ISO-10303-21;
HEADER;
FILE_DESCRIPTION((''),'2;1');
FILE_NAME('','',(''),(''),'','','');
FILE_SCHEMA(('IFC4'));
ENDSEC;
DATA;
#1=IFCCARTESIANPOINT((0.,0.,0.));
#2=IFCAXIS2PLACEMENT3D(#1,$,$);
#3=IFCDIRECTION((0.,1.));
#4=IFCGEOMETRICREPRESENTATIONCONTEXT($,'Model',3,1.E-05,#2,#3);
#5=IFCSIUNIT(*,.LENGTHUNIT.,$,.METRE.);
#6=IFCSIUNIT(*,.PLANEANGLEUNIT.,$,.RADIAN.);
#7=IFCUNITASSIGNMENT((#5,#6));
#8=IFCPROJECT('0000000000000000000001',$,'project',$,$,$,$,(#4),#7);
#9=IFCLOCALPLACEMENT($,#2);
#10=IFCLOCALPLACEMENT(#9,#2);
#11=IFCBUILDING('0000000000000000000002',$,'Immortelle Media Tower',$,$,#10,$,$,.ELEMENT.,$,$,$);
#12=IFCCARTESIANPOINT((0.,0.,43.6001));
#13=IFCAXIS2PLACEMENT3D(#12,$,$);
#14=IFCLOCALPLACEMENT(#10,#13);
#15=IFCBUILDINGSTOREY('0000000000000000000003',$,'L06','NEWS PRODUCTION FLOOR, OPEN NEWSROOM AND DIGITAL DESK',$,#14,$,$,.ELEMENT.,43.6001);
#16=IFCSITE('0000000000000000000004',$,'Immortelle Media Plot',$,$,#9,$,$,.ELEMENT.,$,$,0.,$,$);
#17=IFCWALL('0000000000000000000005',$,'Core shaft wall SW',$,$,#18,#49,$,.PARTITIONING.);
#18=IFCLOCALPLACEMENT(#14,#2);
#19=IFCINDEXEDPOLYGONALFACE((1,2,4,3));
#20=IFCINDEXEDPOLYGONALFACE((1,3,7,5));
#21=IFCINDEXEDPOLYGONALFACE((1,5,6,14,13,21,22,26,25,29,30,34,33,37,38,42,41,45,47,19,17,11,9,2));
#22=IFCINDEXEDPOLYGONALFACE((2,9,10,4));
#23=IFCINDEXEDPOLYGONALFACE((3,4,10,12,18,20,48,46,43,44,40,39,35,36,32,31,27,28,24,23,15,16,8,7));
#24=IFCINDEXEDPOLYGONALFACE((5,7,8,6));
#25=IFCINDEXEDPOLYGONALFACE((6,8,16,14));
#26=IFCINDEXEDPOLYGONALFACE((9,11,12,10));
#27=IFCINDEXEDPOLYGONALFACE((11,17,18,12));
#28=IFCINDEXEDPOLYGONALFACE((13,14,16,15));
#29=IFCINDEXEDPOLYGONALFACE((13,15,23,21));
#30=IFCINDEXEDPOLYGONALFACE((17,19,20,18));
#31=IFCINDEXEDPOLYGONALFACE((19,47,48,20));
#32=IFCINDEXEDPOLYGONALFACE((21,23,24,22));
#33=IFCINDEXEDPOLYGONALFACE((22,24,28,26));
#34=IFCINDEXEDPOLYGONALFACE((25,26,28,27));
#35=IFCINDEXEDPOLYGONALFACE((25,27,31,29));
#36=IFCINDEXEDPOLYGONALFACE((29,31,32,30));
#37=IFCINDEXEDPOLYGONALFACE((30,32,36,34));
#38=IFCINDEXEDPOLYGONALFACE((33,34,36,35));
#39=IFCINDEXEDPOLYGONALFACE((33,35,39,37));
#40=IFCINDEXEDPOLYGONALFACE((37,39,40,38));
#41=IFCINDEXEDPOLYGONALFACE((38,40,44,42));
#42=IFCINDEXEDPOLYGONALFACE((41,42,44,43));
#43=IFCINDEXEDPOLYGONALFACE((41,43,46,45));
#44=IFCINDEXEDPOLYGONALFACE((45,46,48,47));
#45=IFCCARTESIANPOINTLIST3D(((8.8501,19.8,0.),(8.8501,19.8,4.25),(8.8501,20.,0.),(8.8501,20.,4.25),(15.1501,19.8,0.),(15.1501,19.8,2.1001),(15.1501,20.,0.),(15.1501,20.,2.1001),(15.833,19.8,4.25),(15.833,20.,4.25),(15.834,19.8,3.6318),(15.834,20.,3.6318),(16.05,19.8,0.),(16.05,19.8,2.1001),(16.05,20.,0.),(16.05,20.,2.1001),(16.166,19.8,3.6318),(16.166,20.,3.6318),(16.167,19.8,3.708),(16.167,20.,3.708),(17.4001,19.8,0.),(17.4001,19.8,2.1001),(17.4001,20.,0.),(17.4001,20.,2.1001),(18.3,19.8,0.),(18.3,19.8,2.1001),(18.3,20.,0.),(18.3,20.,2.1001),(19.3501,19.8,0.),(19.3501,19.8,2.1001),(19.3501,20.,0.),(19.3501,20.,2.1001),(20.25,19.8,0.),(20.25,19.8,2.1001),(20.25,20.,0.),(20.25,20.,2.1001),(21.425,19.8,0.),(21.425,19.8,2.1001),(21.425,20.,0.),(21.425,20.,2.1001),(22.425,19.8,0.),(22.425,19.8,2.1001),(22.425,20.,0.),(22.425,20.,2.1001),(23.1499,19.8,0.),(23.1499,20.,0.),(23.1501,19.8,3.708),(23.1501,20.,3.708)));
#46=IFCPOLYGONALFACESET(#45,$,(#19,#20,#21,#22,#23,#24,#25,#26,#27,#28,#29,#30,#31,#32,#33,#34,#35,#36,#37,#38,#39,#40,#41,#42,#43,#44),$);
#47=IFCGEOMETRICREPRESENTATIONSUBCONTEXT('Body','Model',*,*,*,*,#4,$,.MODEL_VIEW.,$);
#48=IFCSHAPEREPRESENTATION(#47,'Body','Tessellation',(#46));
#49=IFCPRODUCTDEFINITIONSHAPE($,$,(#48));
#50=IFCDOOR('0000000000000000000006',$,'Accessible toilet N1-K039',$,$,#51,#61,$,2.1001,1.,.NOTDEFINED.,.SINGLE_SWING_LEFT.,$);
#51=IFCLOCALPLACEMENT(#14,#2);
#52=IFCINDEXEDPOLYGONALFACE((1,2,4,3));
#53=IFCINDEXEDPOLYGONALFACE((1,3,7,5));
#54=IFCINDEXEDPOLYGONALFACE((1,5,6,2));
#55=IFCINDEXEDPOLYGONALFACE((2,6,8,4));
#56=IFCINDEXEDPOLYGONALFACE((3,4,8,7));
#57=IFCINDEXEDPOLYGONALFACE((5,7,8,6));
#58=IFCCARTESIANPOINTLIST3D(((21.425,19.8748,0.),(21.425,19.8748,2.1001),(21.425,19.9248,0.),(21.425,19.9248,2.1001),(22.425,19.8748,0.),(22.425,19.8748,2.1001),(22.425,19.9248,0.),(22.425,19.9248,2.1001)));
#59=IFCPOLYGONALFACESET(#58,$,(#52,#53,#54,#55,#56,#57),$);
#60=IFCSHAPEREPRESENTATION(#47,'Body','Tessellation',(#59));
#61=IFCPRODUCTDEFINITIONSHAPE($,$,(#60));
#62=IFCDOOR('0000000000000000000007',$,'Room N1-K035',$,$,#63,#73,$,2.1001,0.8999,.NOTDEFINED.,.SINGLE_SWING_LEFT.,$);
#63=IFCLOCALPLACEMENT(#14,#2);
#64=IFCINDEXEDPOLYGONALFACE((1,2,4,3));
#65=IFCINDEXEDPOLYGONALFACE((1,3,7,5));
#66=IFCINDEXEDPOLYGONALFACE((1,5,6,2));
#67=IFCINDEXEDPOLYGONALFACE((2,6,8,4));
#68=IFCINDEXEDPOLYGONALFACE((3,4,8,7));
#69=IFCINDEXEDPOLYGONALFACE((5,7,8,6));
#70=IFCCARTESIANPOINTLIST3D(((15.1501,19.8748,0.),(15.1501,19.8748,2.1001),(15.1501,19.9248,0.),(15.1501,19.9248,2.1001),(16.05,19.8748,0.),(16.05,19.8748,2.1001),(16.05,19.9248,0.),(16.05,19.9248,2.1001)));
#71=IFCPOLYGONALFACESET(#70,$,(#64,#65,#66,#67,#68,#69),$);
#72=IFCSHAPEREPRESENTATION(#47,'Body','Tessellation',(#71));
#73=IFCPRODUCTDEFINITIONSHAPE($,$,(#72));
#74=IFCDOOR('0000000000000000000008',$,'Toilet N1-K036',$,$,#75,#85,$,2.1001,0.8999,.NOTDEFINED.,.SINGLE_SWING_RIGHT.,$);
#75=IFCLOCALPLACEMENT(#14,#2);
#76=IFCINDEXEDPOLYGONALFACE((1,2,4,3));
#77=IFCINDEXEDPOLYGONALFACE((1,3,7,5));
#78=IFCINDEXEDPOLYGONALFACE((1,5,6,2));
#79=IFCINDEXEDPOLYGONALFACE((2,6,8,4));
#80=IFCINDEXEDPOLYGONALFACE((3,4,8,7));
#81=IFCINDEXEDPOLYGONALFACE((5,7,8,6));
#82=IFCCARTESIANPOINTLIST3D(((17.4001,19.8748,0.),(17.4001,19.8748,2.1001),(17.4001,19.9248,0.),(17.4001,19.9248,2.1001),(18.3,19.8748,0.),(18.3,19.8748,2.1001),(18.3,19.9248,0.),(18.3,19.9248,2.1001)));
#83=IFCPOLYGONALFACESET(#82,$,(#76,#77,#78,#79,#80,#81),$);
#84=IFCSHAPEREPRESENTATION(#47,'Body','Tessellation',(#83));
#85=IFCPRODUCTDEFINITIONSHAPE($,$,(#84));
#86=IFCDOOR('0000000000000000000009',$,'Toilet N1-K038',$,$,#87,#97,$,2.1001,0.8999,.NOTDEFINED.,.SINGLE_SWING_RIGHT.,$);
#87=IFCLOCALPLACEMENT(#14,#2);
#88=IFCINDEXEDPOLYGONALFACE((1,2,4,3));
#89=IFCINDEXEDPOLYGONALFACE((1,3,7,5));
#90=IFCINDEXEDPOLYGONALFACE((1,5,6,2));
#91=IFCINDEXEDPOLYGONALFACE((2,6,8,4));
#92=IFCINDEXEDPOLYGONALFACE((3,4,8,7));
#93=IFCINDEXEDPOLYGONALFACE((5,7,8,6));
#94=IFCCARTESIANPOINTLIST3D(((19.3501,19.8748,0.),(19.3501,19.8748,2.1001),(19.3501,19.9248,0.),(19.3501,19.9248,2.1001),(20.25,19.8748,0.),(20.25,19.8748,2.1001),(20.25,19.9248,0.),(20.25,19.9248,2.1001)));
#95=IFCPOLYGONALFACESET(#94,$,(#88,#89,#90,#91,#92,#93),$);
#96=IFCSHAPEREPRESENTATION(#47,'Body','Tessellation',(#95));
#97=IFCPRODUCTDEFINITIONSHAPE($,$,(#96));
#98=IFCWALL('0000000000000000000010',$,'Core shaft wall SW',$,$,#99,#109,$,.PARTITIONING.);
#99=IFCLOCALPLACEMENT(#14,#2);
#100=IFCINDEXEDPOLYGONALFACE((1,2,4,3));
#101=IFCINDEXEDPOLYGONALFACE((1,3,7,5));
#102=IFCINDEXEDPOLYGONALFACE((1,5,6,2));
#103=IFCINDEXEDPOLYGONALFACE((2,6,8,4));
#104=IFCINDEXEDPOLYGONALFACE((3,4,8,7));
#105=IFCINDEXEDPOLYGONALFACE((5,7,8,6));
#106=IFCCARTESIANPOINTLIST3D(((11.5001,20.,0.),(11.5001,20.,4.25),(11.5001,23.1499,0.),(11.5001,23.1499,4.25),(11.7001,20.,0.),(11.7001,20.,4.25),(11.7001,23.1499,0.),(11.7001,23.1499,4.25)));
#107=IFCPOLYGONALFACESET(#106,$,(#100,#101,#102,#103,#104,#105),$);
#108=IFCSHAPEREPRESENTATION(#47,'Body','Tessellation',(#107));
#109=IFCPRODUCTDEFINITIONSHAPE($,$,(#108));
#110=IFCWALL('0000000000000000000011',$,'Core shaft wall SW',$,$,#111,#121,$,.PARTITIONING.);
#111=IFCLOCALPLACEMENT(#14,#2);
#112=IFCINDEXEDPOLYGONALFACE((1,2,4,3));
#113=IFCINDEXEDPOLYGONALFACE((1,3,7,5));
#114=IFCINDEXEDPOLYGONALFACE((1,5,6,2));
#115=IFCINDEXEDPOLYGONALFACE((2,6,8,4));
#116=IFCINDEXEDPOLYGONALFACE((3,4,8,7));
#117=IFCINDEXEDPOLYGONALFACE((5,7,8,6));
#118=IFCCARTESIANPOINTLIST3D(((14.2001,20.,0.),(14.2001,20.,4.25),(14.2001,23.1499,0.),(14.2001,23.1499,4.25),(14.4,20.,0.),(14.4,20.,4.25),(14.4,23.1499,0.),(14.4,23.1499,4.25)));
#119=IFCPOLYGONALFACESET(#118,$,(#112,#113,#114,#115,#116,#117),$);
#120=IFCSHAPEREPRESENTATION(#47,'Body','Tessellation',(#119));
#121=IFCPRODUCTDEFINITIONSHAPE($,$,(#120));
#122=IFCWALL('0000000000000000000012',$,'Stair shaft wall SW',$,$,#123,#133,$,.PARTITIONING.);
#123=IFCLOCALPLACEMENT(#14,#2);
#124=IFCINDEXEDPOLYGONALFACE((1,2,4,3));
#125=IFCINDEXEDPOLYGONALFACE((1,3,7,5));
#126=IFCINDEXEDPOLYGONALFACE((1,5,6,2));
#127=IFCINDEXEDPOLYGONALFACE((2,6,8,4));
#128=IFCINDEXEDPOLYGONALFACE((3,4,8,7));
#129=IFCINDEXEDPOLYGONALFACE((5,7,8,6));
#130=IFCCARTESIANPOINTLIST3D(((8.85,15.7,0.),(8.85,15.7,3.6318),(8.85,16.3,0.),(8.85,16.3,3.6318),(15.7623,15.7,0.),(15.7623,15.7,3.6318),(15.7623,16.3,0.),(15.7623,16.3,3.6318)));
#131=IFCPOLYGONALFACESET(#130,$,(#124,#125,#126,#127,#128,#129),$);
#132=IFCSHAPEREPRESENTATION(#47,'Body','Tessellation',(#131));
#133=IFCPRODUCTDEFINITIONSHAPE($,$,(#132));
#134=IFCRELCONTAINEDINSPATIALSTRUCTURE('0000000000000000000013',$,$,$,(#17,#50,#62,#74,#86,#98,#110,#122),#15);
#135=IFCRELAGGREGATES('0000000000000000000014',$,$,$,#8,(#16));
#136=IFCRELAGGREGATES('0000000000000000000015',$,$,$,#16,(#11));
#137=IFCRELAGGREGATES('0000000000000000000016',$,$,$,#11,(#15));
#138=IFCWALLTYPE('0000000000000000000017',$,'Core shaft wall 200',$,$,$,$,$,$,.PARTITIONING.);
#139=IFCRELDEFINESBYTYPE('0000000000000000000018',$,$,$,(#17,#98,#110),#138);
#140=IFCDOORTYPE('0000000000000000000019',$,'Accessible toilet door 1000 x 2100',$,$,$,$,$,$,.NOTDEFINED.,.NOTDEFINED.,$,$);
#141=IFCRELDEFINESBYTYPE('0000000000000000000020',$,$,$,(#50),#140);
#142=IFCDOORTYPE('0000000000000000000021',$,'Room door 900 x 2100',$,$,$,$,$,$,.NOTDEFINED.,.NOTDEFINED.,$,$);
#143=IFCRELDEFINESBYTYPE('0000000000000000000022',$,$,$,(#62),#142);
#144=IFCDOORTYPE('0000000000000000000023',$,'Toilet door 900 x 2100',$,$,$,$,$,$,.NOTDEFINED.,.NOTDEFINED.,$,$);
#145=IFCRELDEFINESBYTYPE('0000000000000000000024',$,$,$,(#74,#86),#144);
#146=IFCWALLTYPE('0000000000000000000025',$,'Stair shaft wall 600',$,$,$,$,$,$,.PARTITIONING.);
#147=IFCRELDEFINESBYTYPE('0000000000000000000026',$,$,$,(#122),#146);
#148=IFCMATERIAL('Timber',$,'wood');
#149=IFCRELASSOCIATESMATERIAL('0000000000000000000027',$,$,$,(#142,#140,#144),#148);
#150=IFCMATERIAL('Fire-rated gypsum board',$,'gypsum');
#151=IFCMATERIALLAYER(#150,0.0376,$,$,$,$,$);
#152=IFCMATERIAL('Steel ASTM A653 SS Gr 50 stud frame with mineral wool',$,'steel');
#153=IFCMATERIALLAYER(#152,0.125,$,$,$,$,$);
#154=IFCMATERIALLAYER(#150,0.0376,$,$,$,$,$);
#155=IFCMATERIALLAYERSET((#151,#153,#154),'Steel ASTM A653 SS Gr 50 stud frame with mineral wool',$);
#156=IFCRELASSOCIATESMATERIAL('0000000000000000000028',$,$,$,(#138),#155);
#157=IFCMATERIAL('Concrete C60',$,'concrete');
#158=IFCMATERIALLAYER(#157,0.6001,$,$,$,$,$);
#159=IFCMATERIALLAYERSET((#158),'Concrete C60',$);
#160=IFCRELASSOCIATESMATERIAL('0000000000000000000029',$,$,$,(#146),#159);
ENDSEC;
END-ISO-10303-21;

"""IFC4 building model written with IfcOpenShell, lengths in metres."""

from ifc_helpers import new_model, si_unit, direction, frame, frame_2d, origin, place, context, subcontext, project, spatial, polyline, rectangle, outline, extrude, material, layer, layer_set, type_object, element, fill, save


model = new_model("IFC4")

# Units and contexts
model_context = context("Model", 3, precision=1e-05, world=origin(), true_north=direction((0.0, 1.0)))
body_context = subcontext(model_context, "Body", "Model", "MODEL_VIEW")
ifc_project = project(units=[si_unit("LENGTHUNIT", "METRE"), si_unit("PLANEANGLEUNIT", "RADIAN")], contexts=[model_context])

# Site, building, storey
site_placement = place(None, origin())
site = spatial("IfcSite", under=ifc_project, at=site_placement, Name="Immortelle Media Plot", CompositionType="ELEMENT", RefElevation=0.0)
building_placement = place(site_placement, origin())
building = spatial("IfcBuilding", under=site, at=building_placement, Name="Immortelle Media Tower", CompositionType="ELEMENT")
storey_placement = place(building_placement, frame((0.0, 0.0, 43.6001)))
storey = spatial("IfcBuildingStorey", under=building, at=storey_placement, Name="L06", Description="NEWS PRODUCTION FLOOR, OPEN NEWSROOM AND DIGITAL DESK", CompositionType="ELEMENT", Elevation=43.6001)

# Shared definitions
ifc_material_1 = material(Name="Fire-rated gypsum board", Category="gypsum")
ifc_material_2 = material(Name="Steel ASTM A653 SS Gr 50 stud frame with mineral wool", Category="steel")

# Shared definitions
ifc_material_3 = material(Name="Timber", Category="wood")
door_type_1 = type_object("IfcDoorType", Name="Room door 900 x 2100", OperationType="NOTDEFINED", PredefinedType="NOTDEFINED", material=ifc_material_3)

# Wall, openings, doors
ifc_layer_1 = layer(ifc_material_1, 0.0376)
ifc_layer_2 = layer(ifc_material_2, 0.125)
ifc_layer_3 = layer(ifc_material_1, 0.0376)
ifc_layer_set_1 = layer_set([ifc_layer_1, ifc_layer_2, ifc_layer_3], Name="Steel ASTM A653 SS Gr 50 stud frame with mineral wool")
wall_type_1 = type_object("IfcWallType", Name="Core shaft wall 200", PredefinedType="PARTITIONING", material=ifc_layer_set_1)
wall_1_placement = place(storey_placement, frame((8.8501, 19.8999, 0.0), z_axis=(0.0, 0.0, 1.0), x_axis=(1.0, 0.0, 0.0)))
wall_1 = element("IfcWall", 1, at=wall_1_placement, inside=storey, type_object=wall_type_1, Name="Core shaft wall SW", PredefinedType="PARTITIONING", context=body_context, shape_type="SweptSolid", body=[
    extrude(outline(polyline([(0.0, 0.0), (14.2998, 0.0), (14.3, 3.708), (7.3169, 3.708), (7.3159, 3.6318), (6.9839, 3.6318), (6.9829, 4.25), (0.0, 4.25), (0.0, 0.0)])), frame((0.0, 0.1001, 0.0), z_axis=(0.0, -1.0, 0.0), x_axis=(1.0, 0.0, 0.0)), (0.0, 0.0, 1.0), 0.2),
])
opening_1_placement = place(wall_1_placement, frame((6.3, 0.0, 0.0)))
opening_1 = element("IfcOpeningElement", 2, at=opening_1_placement, cuts=wall_1, PredefinedType="OPENING", context=body_context, shape_type="SweptSolid", body=[
    extrude(rectangle(XDim=0.8999, YDim=2.1001, at=frame_2d((0.45, 1.05))), frame((0.0, 0.1099, 0.0), z_axis=(0.0, -1.0, 0.0), x_axis=(1.0, 0.0, 0.0)), (0.0, 0.0, 1.0), 0.22),
])
opening_2_placement = place(wall_1_placement, frame((8.55, 0.0, 0.0)))
opening_2 = element("IfcOpeningElement", 3, at=opening_2_placement, cuts=wall_1, PredefinedType="OPENING", context=body_context, shape_type="SweptSolid", body=[
    extrude(rectangle(XDim=0.8999, YDim=2.1001, at=frame_2d((0.45, 1.05))), frame((0.0, 0.1099, 0.0), z_axis=(0.0, -1.0, 0.0), x_axis=(1.0, 0.0, 0.0)), (0.0, 0.0, 1.0), 0.22),
])
opening_3_placement = place(wall_1_placement, frame((10.5, 0.0, 0.0)))
opening_3 = element("IfcOpeningElement", 4, at=opening_3_placement, cuts=wall_1, PredefinedType="OPENING", context=body_context, shape_type="SweptSolid", body=[
    extrude(rectangle(XDim=0.8999, YDim=2.1001, at=frame_2d((0.45, 1.05))), frame((0.0, 0.1099, 0.0), z_axis=(0.0, -1.0, 0.0), x_axis=(1.0, 0.0, 0.0)), (0.0, 0.0, 1.0), 0.22),
])
opening_4_placement = place(wall_1_placement, frame((12.575, 0.0, 0.0)))
opening_4 = element("IfcOpeningElement", 5, at=opening_4_placement, cuts=wall_1, PredefinedType="OPENING", context=body_context, shape_type="SweptSolid", body=[
    extrude(rectangle(XDim=1.0, YDim=2.1001, at=frame_2d((0.5, 1.05))), frame((0.0, 0.1099, 0.0), z_axis=(0.0, -1.0, 0.0), x_axis=(1.0, 0.0, 0.0)), (0.0, 0.0, 1.0), 0.22),
])
door_type_2 = type_object("IfcDoorType", Name="Accessible toilet door 1000 x 2100", OperationType="NOTDEFINED", PredefinedType="NOTDEFINED", material=ifc_material_3)
door_1_placement = place(opening_4_placement, origin())
door_1 = element("IfcDoor", 6, at=door_1_placement, inside=storey, type_object=door_type_2, Name="Accessible toilet N1-K039", OperationType="SINGLE_SWING_LEFT", OverallHeight=2.1001, OverallWidth=1.0, PredefinedType="NOTDEFINED", context=body_context, shape_type="SweptSolid", body=[
    extrude(rectangle(XDim=1.0, YDim=2.1001, at=frame_2d((0.5, 1.05))), frame((0.0, 0.0249, 0.0), z_axis=(0.0, -1.0, 0.0), x_axis=(1.0, 0.0, 0.0)), (0.0, 0.0, 1.0), 0.05),
])
fill(opening_4, door_1)
door_2_placement = place(opening_1_placement, origin())
door_2 = element("IfcDoor", 7, at=door_2_placement, inside=storey, type_object=door_type_1, Name="Room N1-K035", OperationType="SINGLE_SWING_LEFT", OverallHeight=2.1001, OverallWidth=0.8999, PredefinedType="NOTDEFINED", context=body_context, shape_type="SweptSolid", body=[
    extrude(rectangle(XDim=0.8999, YDim=2.1001, at=frame_2d((0.45, 1.05))), frame((0.0, 0.0249, 0.0), z_axis=(0.0, -1.0, 0.0), x_axis=(1.0, 0.0, 0.0)), (0.0, 0.0, 1.0), 0.05),
])
fill(opening_1, door_2)
door_type_3 = type_object("IfcDoorType", Name="Toilet door 900 x 2100", OperationType="NOTDEFINED", PredefinedType="NOTDEFINED", material=ifc_material_3)
door_3_placement = place(opening_2_placement, origin())
door_3 = element("IfcDoor", 8, at=door_3_placement, inside=storey, type_object=door_type_3, Name="Toilet N1-K036", OperationType="SINGLE_SWING_RIGHT", OverallHeight=2.1001, OverallWidth=0.8999, PredefinedType="NOTDEFINED", context=body_context, shape_type="SweptSolid", body=[
    extrude(rectangle(XDim=0.8999, YDim=2.1001, at=frame_2d((0.45, 1.05))), frame((0.0, 0.0249, 0.0), z_axis=(0.0, -1.0, 0.0), x_axis=(1.0, 0.0, 0.0)), (0.0, 0.0, 1.0), 0.05),
])
fill(opening_2, door_3)
door_4_placement = place(opening_3_placement, origin())
door_4 = element("IfcDoor", 9, at=door_4_placement, inside=storey, type_object=door_type_3, Name="Toilet N1-K038", OperationType="SINGLE_SWING_RIGHT", OverallHeight=2.1001, OverallWidth=0.8999, PredefinedType="NOTDEFINED", context=body_context, shape_type="SweptSolid", body=[
    extrude(rectangle(XDim=0.8999, YDim=2.1001, at=frame_2d((0.45, 1.05))), frame((0.0, 0.0249, 0.0), z_axis=(0.0, -1.0, 0.0), x_axis=(1.0, 0.0, 0.0)), (0.0, 0.0, 1.0), 0.05),
])
fill(opening_3, door_4)

# Walls
for number, where, z_axis, x_axis, name in (
    (10, (11.6001, 20.0, 0.0), (0.0, 0.0, 1.0), (0.0, 1.0, 0.0), "Core shaft wall SW"),
    (11, (14.3, 20.0, 0.0), (0.0, 0.0, 1.0), (0.0, 1.0, 0.0), "Core shaft wall SW"),
):
    element("IfcWall", number, at=place(storey_placement, frame(where, z_axis=z_axis, x_axis=x_axis)), inside=storey, type_object=wall_type_1, Name=name, PredefinedType="PARTITIONING", context=body_context, shape_type="SweptSolid", body=[
        extrude(rectangle(XDim=3.1499, YDim=0.2, at=frame_2d((1.575, 0.0))), origin(), (0.0, 0.0, 1.0), 4.25),
    ])
ifc_material_4 = material(Name="Concrete C60", Category="concrete")
ifc_layer_4 = layer(ifc_material_4, 0.6001)
ifc_layer_set_2 = layer_set([ifc_layer_4], Name="Concrete C60")
wall_type_2 = type_object("IfcWallType", Name="Stair shaft wall 600", PredefinedType="PARTITIONING", material=ifc_layer_set_2)
wall_2_placement = place(storey_placement, frame((8.8501, 16.0, 0.0), z_axis=(0.0, 0.0, 1.0), x_axis=(1.0, 0.0, 0.0)))
element("IfcWall", 12, at=wall_2_placement, inside=storey, type_object=wall_type_2, Name="Stair shaft wall SW", PredefinedType="PARTITIONING", context=body_context, shape_type="SweptSolid", body=[
    extrude(rectangle(XDim=6.9124, YDim=0.6001, at=frame_2d((3.4561, 0.0))), origin(), (0.0, 0.0, 1.0), 3.6318),
])

save(model, "model.ifc")
